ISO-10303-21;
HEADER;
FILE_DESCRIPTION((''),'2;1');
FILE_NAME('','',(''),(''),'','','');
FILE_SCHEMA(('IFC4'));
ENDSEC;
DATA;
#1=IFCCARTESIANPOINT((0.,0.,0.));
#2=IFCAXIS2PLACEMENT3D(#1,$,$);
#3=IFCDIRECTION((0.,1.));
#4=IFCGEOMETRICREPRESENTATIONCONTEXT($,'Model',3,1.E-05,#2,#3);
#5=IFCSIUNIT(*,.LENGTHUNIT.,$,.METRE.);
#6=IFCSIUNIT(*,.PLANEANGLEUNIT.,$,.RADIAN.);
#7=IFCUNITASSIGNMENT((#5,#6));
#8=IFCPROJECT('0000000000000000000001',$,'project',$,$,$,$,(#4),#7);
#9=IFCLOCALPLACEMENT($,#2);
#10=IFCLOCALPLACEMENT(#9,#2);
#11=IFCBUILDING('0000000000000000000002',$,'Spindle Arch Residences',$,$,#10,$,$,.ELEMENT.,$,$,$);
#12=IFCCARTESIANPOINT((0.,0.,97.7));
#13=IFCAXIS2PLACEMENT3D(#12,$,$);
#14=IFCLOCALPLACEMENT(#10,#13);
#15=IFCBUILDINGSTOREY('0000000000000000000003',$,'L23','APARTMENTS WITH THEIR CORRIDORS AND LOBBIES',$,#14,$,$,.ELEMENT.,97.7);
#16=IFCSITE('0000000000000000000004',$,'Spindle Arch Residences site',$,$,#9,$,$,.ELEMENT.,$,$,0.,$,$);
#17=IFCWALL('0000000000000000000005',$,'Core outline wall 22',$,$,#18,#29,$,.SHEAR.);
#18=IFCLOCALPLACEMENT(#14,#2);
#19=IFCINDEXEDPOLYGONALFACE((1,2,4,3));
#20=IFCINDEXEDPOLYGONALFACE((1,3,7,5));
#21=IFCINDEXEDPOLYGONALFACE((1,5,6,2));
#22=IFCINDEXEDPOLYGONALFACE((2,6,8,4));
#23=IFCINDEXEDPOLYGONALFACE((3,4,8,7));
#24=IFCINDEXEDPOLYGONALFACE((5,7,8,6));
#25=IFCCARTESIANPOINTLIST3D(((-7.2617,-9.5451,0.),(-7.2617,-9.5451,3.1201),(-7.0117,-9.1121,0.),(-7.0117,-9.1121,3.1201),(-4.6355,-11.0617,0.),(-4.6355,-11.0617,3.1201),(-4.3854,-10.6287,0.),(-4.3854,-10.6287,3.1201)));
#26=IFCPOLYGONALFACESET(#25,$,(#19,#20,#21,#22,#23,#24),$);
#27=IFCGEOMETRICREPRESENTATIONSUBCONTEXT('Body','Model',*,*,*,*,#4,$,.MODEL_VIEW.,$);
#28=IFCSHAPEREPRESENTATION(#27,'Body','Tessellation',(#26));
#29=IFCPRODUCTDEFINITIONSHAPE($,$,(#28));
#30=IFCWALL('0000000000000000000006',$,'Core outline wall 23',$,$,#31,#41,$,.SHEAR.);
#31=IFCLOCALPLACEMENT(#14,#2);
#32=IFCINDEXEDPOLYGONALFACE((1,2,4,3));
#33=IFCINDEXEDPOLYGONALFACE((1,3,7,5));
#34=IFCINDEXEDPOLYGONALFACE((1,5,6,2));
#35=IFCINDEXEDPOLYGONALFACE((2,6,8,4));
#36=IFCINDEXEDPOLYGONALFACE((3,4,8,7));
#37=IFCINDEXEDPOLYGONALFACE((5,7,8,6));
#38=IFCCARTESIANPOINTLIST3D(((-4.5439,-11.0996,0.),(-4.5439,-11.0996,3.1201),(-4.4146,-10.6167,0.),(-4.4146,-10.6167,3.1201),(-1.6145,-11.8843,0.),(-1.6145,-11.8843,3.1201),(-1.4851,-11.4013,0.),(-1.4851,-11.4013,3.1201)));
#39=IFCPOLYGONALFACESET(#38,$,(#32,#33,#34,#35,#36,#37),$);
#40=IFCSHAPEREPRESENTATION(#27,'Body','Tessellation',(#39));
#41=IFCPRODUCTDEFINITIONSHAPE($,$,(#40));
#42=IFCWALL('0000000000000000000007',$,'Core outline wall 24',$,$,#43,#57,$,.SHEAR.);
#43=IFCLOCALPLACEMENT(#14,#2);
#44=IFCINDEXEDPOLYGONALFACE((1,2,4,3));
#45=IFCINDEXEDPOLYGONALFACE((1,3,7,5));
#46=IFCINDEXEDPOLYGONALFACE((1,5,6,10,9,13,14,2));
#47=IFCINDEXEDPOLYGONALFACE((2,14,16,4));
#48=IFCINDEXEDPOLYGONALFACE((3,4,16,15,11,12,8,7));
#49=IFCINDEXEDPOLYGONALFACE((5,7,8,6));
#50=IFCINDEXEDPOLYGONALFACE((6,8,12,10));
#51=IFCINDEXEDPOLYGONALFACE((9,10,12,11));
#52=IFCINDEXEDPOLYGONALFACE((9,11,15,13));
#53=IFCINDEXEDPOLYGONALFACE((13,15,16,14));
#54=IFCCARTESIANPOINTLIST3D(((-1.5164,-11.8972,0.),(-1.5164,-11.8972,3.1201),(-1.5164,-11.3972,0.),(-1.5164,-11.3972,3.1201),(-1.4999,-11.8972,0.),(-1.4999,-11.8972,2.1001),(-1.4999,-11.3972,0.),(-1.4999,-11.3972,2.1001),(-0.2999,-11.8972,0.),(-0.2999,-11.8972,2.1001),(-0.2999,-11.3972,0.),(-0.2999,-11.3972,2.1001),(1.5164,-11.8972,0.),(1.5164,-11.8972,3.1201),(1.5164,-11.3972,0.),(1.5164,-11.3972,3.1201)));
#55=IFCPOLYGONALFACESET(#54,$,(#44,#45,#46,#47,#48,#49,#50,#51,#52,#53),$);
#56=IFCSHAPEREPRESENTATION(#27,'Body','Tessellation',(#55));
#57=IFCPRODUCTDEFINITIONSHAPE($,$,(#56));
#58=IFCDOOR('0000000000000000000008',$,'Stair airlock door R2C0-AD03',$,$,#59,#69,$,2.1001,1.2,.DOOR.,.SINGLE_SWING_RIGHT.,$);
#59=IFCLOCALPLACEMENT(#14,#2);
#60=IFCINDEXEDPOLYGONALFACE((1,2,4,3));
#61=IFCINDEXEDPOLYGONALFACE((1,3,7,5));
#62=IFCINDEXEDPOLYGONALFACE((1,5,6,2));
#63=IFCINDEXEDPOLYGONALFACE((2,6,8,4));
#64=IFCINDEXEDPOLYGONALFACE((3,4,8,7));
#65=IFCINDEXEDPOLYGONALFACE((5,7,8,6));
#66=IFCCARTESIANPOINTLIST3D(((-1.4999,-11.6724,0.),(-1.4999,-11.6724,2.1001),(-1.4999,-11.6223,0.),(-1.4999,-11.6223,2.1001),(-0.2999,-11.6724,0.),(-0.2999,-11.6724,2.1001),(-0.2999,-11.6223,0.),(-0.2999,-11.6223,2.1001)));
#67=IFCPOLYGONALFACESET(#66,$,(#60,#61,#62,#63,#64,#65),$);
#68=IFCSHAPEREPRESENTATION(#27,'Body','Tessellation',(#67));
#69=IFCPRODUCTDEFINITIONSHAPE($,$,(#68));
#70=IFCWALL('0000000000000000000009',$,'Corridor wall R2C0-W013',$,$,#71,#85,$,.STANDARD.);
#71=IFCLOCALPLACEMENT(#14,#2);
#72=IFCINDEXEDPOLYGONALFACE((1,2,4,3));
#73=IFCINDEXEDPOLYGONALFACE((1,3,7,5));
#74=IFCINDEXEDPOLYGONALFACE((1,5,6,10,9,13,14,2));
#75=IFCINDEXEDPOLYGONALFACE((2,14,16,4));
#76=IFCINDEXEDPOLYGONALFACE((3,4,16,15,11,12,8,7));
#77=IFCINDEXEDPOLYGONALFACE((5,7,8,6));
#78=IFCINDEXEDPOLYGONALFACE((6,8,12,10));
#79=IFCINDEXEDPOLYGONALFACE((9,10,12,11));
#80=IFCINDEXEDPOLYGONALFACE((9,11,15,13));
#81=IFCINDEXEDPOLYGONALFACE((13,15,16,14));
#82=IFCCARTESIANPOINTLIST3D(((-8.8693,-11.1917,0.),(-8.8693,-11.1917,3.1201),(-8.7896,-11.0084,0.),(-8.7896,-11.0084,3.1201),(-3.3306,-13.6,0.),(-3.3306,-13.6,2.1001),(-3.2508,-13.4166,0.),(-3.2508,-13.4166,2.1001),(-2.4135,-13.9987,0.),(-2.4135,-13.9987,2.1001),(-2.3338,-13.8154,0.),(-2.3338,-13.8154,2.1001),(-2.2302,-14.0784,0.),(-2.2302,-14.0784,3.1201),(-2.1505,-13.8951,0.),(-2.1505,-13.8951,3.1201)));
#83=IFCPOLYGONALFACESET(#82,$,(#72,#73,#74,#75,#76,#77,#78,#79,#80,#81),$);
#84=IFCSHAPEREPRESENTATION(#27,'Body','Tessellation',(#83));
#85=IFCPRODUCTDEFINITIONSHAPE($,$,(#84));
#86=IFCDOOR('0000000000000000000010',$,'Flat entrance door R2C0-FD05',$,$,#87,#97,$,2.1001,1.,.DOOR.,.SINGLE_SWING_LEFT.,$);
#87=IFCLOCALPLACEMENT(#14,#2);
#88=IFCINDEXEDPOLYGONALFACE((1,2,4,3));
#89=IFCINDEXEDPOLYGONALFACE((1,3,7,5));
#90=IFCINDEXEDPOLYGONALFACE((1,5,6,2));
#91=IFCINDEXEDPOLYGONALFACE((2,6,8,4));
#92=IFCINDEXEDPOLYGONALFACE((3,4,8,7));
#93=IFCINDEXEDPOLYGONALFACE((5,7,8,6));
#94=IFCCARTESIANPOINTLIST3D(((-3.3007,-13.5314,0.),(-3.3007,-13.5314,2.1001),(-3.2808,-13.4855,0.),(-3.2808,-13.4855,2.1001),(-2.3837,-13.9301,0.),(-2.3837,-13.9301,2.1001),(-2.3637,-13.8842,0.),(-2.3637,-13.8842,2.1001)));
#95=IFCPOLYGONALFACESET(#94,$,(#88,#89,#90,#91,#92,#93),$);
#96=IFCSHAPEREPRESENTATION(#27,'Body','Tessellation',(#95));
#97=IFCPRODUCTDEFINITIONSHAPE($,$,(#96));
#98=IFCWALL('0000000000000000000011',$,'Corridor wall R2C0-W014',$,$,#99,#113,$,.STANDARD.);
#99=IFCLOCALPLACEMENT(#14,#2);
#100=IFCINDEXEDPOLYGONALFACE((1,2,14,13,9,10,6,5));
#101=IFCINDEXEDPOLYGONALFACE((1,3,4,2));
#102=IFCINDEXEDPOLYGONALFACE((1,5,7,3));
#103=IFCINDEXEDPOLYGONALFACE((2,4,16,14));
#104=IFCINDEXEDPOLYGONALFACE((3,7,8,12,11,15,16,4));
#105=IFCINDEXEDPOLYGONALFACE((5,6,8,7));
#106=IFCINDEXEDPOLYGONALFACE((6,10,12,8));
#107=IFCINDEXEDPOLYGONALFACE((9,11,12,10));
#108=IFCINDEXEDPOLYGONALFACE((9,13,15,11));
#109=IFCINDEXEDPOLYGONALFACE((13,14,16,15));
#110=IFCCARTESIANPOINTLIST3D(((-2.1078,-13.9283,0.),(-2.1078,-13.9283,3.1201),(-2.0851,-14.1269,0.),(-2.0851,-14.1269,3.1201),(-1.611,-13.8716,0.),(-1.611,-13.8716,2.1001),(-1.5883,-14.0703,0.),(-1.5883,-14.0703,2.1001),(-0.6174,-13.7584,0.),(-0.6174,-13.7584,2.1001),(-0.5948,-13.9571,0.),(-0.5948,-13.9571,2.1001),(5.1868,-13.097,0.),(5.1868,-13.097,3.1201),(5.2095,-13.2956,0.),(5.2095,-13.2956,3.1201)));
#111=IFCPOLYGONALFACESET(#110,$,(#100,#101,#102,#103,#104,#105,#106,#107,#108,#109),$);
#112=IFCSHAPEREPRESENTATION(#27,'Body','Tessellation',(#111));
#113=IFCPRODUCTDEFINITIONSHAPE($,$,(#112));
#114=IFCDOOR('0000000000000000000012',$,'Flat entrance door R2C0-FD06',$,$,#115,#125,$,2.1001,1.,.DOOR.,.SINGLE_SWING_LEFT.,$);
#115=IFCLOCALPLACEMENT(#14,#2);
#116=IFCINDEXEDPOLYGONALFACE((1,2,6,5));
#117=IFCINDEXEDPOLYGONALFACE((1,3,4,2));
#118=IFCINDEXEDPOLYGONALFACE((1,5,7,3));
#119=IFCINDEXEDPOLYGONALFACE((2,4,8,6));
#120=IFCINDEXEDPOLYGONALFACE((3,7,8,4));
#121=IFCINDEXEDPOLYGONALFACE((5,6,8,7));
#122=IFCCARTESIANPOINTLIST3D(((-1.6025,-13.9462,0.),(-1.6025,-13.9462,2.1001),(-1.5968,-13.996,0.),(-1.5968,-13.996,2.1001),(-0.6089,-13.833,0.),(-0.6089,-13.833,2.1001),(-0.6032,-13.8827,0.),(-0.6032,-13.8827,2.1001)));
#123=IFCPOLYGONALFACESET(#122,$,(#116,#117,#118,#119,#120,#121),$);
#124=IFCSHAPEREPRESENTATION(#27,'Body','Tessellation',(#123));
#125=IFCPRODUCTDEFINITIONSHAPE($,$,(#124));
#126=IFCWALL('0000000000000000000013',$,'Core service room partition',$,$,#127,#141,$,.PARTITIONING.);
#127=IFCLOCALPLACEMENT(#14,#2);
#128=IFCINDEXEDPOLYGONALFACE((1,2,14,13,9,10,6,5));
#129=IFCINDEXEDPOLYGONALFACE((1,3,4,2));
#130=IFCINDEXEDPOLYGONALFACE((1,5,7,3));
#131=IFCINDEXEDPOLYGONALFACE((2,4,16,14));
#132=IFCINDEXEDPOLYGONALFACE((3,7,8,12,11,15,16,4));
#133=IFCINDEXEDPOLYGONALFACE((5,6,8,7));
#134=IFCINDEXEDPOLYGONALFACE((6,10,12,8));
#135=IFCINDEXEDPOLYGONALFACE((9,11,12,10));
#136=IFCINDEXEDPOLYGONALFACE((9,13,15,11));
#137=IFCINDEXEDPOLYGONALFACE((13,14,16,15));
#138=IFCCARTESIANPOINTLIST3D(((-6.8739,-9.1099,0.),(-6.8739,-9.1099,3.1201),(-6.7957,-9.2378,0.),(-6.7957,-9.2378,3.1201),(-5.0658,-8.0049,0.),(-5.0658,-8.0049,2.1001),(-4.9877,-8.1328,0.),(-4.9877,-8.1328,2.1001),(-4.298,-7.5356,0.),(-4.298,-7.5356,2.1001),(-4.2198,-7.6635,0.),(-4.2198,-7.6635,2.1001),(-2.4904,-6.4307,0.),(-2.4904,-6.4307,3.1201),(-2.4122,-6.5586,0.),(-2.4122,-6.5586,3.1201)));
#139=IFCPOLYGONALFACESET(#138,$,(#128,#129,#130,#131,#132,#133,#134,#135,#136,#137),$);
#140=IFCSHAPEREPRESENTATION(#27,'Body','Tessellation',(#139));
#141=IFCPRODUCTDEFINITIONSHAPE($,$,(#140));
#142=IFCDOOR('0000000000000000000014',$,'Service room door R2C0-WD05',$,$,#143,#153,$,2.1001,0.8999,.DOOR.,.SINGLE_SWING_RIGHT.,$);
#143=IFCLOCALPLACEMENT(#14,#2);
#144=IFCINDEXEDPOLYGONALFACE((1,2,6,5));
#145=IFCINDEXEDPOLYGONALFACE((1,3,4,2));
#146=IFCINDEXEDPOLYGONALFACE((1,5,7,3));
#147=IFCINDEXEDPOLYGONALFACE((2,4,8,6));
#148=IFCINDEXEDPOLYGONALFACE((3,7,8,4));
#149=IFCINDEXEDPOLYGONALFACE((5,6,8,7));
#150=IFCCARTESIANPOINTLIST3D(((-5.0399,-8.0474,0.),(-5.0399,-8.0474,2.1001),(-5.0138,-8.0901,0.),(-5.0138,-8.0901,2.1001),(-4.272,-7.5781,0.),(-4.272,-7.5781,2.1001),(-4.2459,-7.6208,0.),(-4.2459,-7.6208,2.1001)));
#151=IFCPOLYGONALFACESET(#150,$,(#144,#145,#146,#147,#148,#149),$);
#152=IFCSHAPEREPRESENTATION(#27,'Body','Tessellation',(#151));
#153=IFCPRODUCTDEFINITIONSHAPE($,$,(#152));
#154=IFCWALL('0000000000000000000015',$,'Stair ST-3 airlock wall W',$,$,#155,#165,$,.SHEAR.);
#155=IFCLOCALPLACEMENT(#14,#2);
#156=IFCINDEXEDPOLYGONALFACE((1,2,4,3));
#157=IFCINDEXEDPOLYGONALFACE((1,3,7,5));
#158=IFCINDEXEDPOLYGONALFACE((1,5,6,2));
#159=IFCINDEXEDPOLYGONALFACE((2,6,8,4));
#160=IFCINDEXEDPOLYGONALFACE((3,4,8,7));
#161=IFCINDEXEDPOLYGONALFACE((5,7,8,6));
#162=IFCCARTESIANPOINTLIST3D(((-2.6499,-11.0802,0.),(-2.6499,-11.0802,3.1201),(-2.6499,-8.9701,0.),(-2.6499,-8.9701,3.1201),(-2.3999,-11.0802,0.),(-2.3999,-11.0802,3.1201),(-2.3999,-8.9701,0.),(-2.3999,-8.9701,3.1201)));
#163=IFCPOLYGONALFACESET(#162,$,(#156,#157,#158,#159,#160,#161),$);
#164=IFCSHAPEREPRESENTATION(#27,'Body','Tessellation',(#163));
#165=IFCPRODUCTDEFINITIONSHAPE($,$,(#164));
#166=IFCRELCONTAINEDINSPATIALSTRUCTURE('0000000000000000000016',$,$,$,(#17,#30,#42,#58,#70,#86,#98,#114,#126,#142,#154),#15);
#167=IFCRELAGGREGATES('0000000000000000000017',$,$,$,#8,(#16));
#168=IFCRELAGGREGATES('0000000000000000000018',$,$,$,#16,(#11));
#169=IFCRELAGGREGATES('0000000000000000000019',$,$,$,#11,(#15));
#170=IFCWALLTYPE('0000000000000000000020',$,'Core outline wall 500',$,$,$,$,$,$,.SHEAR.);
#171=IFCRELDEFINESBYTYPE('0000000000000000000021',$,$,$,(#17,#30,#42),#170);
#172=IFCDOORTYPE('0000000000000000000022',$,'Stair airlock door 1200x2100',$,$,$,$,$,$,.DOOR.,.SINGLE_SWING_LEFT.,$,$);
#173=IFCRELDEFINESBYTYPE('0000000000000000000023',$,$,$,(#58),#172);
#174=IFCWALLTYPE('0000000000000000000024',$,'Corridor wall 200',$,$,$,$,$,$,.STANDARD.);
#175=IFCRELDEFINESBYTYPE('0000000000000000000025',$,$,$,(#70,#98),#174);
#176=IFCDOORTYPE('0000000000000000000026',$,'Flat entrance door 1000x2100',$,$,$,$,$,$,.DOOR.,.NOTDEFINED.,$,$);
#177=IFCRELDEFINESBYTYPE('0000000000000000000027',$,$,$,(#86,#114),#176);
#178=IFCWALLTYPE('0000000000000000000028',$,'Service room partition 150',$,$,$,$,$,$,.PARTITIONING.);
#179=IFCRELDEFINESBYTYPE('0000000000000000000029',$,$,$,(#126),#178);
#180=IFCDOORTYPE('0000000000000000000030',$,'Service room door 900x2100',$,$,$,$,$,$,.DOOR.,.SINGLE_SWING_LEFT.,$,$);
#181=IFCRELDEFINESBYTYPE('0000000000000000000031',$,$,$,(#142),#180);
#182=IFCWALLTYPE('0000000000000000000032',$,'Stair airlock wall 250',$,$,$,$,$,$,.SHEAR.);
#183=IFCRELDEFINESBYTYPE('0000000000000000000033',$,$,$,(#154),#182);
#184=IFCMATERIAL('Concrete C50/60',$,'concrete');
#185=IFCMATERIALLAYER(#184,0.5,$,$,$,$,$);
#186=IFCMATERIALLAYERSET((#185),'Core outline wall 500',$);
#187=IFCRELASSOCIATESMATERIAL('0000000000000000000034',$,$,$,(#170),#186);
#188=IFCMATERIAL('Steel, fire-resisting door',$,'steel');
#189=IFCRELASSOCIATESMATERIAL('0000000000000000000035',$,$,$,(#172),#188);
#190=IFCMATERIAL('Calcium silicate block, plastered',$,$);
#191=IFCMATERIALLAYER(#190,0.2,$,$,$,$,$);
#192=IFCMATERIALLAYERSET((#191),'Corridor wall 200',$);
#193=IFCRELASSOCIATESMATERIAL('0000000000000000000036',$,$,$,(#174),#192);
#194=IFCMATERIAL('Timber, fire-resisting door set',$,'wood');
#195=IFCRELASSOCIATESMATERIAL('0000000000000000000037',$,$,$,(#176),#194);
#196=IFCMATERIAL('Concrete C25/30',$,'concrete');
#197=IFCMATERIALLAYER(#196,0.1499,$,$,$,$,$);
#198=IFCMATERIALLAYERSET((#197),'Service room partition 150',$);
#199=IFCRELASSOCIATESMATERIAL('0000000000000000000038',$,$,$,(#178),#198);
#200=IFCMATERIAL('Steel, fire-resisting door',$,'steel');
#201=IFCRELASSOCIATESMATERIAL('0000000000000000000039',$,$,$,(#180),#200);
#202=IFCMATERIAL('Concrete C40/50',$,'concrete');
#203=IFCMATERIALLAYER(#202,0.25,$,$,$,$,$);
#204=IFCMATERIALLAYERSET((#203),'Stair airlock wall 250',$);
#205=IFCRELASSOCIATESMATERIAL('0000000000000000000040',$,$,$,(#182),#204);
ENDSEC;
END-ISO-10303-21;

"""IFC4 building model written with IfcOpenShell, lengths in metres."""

from ifc_helpers import new_model, si_unit, direction, frame, frame_2d, origin, place, context, subcontext, project, spatial, rectangle, extrude, material, layer, layer_set, type_object, element, fill, save


model = new_model("IFC4")

# Units and contexts
model_context = context("Model", 3, precision=1e-05, world=origin(), true_north=direction((0.0, 1.0)))
body_context = subcontext(model_context, "Body", "Model", "MODEL_VIEW")
ifc_project = project(units=[si_unit("LENGTHUNIT", "METRE"), si_unit("PLANEANGLEUNIT", "RADIAN")], contexts=[model_context])

# Site, building, storey
site_placement = place(None, origin())
site = spatial("IfcSite", under=ifc_project, at=site_placement, Name="Spindle Arch Residences site", CompositionType="ELEMENT", RefElevation=0.0)
building_placement = place(site_placement, origin())
building = spatial("IfcBuilding", under=site, at=building_placement, Name="Spindle Arch Residences", CompositionType="ELEMENT")
storey_placement = place(building_placement, frame((0.0, 0.0, 97.7)))
storey = spatial("IfcBuildingStorey", under=building, at=storey_placement, Name="L23", Description="APARTMENTS WITH THEIR CORRIDORS AND LOBBIES", CompositionType="ELEMENT", Elevation=97.7)

# Walls
ifc_material_1 = material(Name="Concrete C50/60", Category="concrete")
ifc_layer_1 = layer(ifc_material_1, 0.5)
ifc_layer_set_1 = layer_set([ifc_layer_1], Name="Core outline wall 500")
wall_type_1 = type_object("IfcWallType", Name="Core outline wall 500", PredefinedType="SHEAR", material=ifc_layer_set_1)
for number, where, z_axis, x_axis, name in (
    (1, (-7.1367, -9.3286, 0.0), (0.0, 0.0, 1.0), (0.865975, -0.500087, 0.0), "Core outline wall 22"),
    (2, (-4.4792, -10.8582, 0.0), (0.0, 0.0, 1.0), (0.965948, -0.258735, 0.0), "Core outline wall 23"),
):
    element("IfcWall", number, at=place(storey_placement, frame(where, z_axis=z_axis, x_axis=x_axis)), inside=storey, type_object=wall_type_1, Name=name, PredefinedType="SHEAR", context=body_context, shape_type="SweptSolid", body=[
        extrude(rectangle(XDim=3.0327, YDim=0.5, at=frame_2d((1.5164, 0.0))), origin(), (0.0, 0.0, 1.0), 3.1201),
    ])

# Walls, openings, doors
wall_1_placement = place(storey_placement, frame((-1.5164, -11.6472, 0.0), z_axis=(0.0, 0.0, 1.0), x_axis=(1.0, 0.0, 0.0)))
wall_1 = element("IfcWall", 3, at=wall_1_placement, inside=storey, type_object=wall_type_1, Name="Core outline wall 24", PredefinedType="SHEAR", context=body_context, shape_type="SweptSolid", body=[
    extrude(rectangle(XDim=3.0327, YDim=0.5, at=frame_2d((1.5164, 0.0))), origin(), (0.0, 0.0, 1.0), 3.1201),
])
opening_1_placement = place(wall_1_placement, frame((0.0164, 0.0, 0.0)))
opening_1 = element("IfcOpeningElement", 4, at=opening_1_placement, cuts=wall_1, PredefinedType="OPENING", context=body_context, shape_type="SweptSolid", body=[
    extrude(rectangle(XDim=1.2, YDim=2.1001, at=frame_2d((0.6001, 1.05))), frame((0.0, 0.26, 0.0), z_axis=(0.0, -1.0, 0.0), x_axis=(1.0, 0.0, 0.0)), (0.0, 0.0, 1.0), 0.52),
])
ifc_material_2 = material(Name="Steel, fire-resisting door", Category="steel")
door_type_1 = type_object("IfcDoorType", Name="Stair airlock door 1200x2100", OperationType="SINGLE_SWING_LEFT", PredefinedType="DOOR", material=ifc_material_2)
door_1_placement = place(opening_1_placement, origin())
door_1 = element("IfcDoor", 5, at=door_1_placement, inside=storey, type_object=door_type_1, Name="Stair airlock door R2C0-AD03", OperationType="SINGLE_SWING_RIGHT", OverallHeight=2.1001, OverallWidth=1.2, PredefinedType="DOOR", context=body_context, shape_type="SweptSolid", body=[
    extrude(rectangle(XDim=1.2, YDim=2.1001, at=frame_2d((0.6001, 1.05))), frame((0.0, 0.0249, 0.0), z_axis=(0.0, -1.0, 0.0), x_axis=(1.0, 0.0, 0.0)), (0.0, 0.0, 1.0), 0.05),
])
fill(opening_1, door_1)
ifc_material_3 = material(Name="Calcium silicate block, plastered")
ifc_layer_2 = layer(ifc_material_3, 0.2)
ifc_layer_set_2 = layer_set([ifc_layer_2], Name="Corridor wall 200")
wall_type_2 = type_object("IfcWallType", Name="Corridor wall 200", PredefinedType="STANDARD", material=ifc_layer_set_2)
wall_2_placement = place(storey_placement, frame((-8.8293, -11.1001, 0.0), z_axis=(0.0, 0.0, 1.0), x_axis=(0.917064, -0.398741, 0.0)))
wall_2 = element("IfcWall", 6, at=wall_2_placement, inside=storey, type_object=wall_type_2, Name="Corridor wall R2C0-W013", PredefinedType="STANDARD", context=body_context, shape_type="SweptSolid", body=[
    extrude(rectangle(XDim=7.2395, YDim=0.2, at=frame_2d((3.6196, 0.0))), origin(), (0.0, 0.0, 1.0), 3.1201),
])
opening_2_placement = place(wall_2_placement, frame((6.0396, 0.0, 0.0)))
opening_2 = element("IfcOpeningElement", 7, at=opening_2_placement, cuts=wall_2, PredefinedType="OPENING", context=body_context, shape_type="SweptSolid", body=[
    extrude(rectangle(XDim=1.0, YDim=2.1001, at=frame_2d((0.5, 1.05))), frame((0.0, 0.1099, 0.0), z_axis=(0.0, -1.0, 0.0), x_axis=(1.0, 0.0, 0.0)), (0.0, 0.0, 1.0), 0.22),
])
ifc_material_4 = material(Name="Timber, fire-resisting door set", Category="wood")
door_type_2 = type_object("IfcDoorType", Name="Flat entrance door 1000x2100", OperationType="NOTDEFINED", PredefinedType="DOOR", material=ifc_material_4)
door_2_placement = place(opening_2_placement, origin())
door_2 = element("IfcDoor", 8, at=door_2_placement, inside=storey, type_object=door_type_2, Name="Flat entrance door R2C0-FD05", OperationType="SINGLE_SWING_LEFT", OverallHeight=2.1001, OverallWidth=1.0, PredefinedType="DOOR", context=body_context, shape_type="SweptSolid", body=[
    extrude(rectangle(XDim=1.0, YDim=2.1001, at=frame_2d((0.5, 1.05))), frame((0.0, 0.0249, 0.0), z_axis=(0.0, -1.0, 0.0), x_axis=(1.0, 0.0, 0.0)), (0.0, 0.0, 1.0), 0.05),
])
fill(opening_2, door_2)
wall_3_placement = place(storey_placement, frame((-2.0964, -14.0276, 0.0), z_axis=(0.0, 0.0, 1.0), x_axis=(0.993569, 0.113227, 0.0)))
wall_3 = element("IfcWall", 9, at=wall_3_placement, inside=storey, type_object=wall_type_2, Name="Corridor wall R2C0-W014", PredefinedType="STANDARD", context=body_context, shape_type="SweptSolid", body=[
    extrude(rectangle(XDim=7.3418, YDim=0.2, at=frame_2d((3.6709, 0.0))), origin(), (0.0, 0.0, 1.0), 3.1201),
])
opening_3_placement = place(wall_3_placement, frame((0.5, 0.0, 0.0)))
opening_3 = element("IfcOpeningElement", 10, at=opening_3_placement, cuts=wall_3, PredefinedType="OPENING", context=body_context, shape_type="SweptSolid", body=[
    extrude(rectangle(XDim=1.0, YDim=2.1001, at=frame_2d((0.5, 1.05))), frame((0.0, 0.1099, 0.0), z_axis=(0.0, -1.0, 0.0), x_axis=(1.0, 0.0, 0.0)), (0.0, 0.0, 1.0), 0.22),
])
door_3_placement = place(opening_3_placement, origin())
door_3 = element("IfcDoor", 11, at=door_3_placement, inside=storey, type_object=door_type_2, Name="Flat entrance door R2C0-FD06", OperationType="SINGLE_SWING_LEFT", OverallHeight=2.1001, OverallWidth=1.0, PredefinedType="DOOR", context=body_context, shape_type="SweptSolid", body=[
    extrude(rectangle(XDim=1.0, YDim=2.1001, at=frame_2d((0.5, 1.05))), frame((0.0, 0.0249, 0.0), z_axis=(0.0, -1.0, 0.0), x_axis=(1.0, 0.0, 0.0)), (0.0, 0.0, 1.0), 0.05),
])
fill(opening_3, door_3)
ifc_material_5 = material(Name="Concrete C25/30", Category="concrete")
ifc_layer_3 = layer(ifc_material_5, 0.1499)
ifc_layer_set_3 = layer_set([ifc_layer_3], Name="Service room partition 150")
wall_type_3 = type_object("IfcWallType", Name="Service room partition 150", PredefinedType="PARTITIONING", material=ifc_layer_set_3)
wall_4_placement = place(storey_placement, frame((-2.4512, -6.4946, 0.0), z_axis=(0.0, 0.0, 1.0), x_axis=(-0.85325, -0.521502, 0.0)))
wall_4 = element("IfcWall", 12, at=wall_4_placement, inside=storey, type_object=wall_type_3, Name="Core service room partition", PredefinedType="PARTITIONING", context=body_context, shape_type="SweptSolid", body=[
    extrude(rectangle(XDim=5.1375, YDim=0.1499, at=frame_2d((2.5688, 0.0))), origin(), (0.0, 0.0, 1.0), 3.1201),
])
opening_4_placement = place(wall_4_placement, frame((2.1187, 0.0, 0.0)))
opening_4 = element("IfcOpeningElement", 13, at=opening_4_placement, cuts=wall_4, PredefinedType="OPENING", context=body_context, shape_type="SweptSolid", body=[
    extrude(rectangle(XDim=0.8999, YDim=2.1001, at=frame_2d((0.45, 1.05))), frame((0.0, 0.085, 0.0), z_axis=(0.0, -1.0, 0.0), x_axis=(1.0, 0.0, 0.0)), (0.0, 0.0, 1.0), 0.1699),
])
ifc_material_6 = material(Name="Steel, fire-resisting door", Category="steel")
door_type_3 = type_object("IfcDoorType", Name="Service room door 900x2100", OperationType="SINGLE_SWING_LEFT", PredefinedType="DOOR", material=ifc_material_6)
door_4_placement = place(opening_4_placement, origin())
door_4 = element("IfcDoor", 14, at=door_4_placement, inside=storey, type_object=door_type_3, Name="Service room door R2C0-WD05", OperationType="SINGLE_SWING_RIGHT", OverallHeight=2.1001, OverallWidth=0.8999, PredefinedType="DOOR", context=body_context, shape_type="SweptSolid", body=[
    extrude(rectangle(XDim=0.8999, YDim=2.1001, at=frame_2d((0.45, 1.05))), frame((0.0, 0.0249, 0.0), z_axis=(0.0, -1.0, 0.0), x_axis=(1.0, 0.0, 0.0)), (0.0, 0.0, 1.0), 0.05),
])
fill(opening_4, door_4)

# Wall
ifc_material_7 = material(Name="Concrete C40/50", Category="concrete")
ifc_layer_4 = layer(ifc_material_7, 0.25)
ifc_layer_set_4 = layer_set([ifc_layer_4], Name="Stair airlock wall 250")
wall_type_4 = type_object("IfcWallType", Name="Stair airlock wall 250", PredefinedType="SHEAR", material=ifc_layer_set_4)
wall_5_placement = place(storey_placement, frame((-2.5249, -8.97, 0.0), z_axis=(0.0, 0.0, 1.0), x_axis=(0.0, -1.0, 0.0)))
element("IfcWall", 15, at=wall_5_placement, inside=storey, type_object=wall_type_4, Name="Stair ST-3 airlock wall W", PredefinedType="SHEAR", context=body_context, shape_type="SweptSolid", body=[
    extrude(rectangle(XDim=2.1101, YDim=0.25, at=frame_2d((1.0552, 0.0))), origin(), (0.0, 0.0, 1.0), 3.1201),
])

save(model, "model.ifc")
